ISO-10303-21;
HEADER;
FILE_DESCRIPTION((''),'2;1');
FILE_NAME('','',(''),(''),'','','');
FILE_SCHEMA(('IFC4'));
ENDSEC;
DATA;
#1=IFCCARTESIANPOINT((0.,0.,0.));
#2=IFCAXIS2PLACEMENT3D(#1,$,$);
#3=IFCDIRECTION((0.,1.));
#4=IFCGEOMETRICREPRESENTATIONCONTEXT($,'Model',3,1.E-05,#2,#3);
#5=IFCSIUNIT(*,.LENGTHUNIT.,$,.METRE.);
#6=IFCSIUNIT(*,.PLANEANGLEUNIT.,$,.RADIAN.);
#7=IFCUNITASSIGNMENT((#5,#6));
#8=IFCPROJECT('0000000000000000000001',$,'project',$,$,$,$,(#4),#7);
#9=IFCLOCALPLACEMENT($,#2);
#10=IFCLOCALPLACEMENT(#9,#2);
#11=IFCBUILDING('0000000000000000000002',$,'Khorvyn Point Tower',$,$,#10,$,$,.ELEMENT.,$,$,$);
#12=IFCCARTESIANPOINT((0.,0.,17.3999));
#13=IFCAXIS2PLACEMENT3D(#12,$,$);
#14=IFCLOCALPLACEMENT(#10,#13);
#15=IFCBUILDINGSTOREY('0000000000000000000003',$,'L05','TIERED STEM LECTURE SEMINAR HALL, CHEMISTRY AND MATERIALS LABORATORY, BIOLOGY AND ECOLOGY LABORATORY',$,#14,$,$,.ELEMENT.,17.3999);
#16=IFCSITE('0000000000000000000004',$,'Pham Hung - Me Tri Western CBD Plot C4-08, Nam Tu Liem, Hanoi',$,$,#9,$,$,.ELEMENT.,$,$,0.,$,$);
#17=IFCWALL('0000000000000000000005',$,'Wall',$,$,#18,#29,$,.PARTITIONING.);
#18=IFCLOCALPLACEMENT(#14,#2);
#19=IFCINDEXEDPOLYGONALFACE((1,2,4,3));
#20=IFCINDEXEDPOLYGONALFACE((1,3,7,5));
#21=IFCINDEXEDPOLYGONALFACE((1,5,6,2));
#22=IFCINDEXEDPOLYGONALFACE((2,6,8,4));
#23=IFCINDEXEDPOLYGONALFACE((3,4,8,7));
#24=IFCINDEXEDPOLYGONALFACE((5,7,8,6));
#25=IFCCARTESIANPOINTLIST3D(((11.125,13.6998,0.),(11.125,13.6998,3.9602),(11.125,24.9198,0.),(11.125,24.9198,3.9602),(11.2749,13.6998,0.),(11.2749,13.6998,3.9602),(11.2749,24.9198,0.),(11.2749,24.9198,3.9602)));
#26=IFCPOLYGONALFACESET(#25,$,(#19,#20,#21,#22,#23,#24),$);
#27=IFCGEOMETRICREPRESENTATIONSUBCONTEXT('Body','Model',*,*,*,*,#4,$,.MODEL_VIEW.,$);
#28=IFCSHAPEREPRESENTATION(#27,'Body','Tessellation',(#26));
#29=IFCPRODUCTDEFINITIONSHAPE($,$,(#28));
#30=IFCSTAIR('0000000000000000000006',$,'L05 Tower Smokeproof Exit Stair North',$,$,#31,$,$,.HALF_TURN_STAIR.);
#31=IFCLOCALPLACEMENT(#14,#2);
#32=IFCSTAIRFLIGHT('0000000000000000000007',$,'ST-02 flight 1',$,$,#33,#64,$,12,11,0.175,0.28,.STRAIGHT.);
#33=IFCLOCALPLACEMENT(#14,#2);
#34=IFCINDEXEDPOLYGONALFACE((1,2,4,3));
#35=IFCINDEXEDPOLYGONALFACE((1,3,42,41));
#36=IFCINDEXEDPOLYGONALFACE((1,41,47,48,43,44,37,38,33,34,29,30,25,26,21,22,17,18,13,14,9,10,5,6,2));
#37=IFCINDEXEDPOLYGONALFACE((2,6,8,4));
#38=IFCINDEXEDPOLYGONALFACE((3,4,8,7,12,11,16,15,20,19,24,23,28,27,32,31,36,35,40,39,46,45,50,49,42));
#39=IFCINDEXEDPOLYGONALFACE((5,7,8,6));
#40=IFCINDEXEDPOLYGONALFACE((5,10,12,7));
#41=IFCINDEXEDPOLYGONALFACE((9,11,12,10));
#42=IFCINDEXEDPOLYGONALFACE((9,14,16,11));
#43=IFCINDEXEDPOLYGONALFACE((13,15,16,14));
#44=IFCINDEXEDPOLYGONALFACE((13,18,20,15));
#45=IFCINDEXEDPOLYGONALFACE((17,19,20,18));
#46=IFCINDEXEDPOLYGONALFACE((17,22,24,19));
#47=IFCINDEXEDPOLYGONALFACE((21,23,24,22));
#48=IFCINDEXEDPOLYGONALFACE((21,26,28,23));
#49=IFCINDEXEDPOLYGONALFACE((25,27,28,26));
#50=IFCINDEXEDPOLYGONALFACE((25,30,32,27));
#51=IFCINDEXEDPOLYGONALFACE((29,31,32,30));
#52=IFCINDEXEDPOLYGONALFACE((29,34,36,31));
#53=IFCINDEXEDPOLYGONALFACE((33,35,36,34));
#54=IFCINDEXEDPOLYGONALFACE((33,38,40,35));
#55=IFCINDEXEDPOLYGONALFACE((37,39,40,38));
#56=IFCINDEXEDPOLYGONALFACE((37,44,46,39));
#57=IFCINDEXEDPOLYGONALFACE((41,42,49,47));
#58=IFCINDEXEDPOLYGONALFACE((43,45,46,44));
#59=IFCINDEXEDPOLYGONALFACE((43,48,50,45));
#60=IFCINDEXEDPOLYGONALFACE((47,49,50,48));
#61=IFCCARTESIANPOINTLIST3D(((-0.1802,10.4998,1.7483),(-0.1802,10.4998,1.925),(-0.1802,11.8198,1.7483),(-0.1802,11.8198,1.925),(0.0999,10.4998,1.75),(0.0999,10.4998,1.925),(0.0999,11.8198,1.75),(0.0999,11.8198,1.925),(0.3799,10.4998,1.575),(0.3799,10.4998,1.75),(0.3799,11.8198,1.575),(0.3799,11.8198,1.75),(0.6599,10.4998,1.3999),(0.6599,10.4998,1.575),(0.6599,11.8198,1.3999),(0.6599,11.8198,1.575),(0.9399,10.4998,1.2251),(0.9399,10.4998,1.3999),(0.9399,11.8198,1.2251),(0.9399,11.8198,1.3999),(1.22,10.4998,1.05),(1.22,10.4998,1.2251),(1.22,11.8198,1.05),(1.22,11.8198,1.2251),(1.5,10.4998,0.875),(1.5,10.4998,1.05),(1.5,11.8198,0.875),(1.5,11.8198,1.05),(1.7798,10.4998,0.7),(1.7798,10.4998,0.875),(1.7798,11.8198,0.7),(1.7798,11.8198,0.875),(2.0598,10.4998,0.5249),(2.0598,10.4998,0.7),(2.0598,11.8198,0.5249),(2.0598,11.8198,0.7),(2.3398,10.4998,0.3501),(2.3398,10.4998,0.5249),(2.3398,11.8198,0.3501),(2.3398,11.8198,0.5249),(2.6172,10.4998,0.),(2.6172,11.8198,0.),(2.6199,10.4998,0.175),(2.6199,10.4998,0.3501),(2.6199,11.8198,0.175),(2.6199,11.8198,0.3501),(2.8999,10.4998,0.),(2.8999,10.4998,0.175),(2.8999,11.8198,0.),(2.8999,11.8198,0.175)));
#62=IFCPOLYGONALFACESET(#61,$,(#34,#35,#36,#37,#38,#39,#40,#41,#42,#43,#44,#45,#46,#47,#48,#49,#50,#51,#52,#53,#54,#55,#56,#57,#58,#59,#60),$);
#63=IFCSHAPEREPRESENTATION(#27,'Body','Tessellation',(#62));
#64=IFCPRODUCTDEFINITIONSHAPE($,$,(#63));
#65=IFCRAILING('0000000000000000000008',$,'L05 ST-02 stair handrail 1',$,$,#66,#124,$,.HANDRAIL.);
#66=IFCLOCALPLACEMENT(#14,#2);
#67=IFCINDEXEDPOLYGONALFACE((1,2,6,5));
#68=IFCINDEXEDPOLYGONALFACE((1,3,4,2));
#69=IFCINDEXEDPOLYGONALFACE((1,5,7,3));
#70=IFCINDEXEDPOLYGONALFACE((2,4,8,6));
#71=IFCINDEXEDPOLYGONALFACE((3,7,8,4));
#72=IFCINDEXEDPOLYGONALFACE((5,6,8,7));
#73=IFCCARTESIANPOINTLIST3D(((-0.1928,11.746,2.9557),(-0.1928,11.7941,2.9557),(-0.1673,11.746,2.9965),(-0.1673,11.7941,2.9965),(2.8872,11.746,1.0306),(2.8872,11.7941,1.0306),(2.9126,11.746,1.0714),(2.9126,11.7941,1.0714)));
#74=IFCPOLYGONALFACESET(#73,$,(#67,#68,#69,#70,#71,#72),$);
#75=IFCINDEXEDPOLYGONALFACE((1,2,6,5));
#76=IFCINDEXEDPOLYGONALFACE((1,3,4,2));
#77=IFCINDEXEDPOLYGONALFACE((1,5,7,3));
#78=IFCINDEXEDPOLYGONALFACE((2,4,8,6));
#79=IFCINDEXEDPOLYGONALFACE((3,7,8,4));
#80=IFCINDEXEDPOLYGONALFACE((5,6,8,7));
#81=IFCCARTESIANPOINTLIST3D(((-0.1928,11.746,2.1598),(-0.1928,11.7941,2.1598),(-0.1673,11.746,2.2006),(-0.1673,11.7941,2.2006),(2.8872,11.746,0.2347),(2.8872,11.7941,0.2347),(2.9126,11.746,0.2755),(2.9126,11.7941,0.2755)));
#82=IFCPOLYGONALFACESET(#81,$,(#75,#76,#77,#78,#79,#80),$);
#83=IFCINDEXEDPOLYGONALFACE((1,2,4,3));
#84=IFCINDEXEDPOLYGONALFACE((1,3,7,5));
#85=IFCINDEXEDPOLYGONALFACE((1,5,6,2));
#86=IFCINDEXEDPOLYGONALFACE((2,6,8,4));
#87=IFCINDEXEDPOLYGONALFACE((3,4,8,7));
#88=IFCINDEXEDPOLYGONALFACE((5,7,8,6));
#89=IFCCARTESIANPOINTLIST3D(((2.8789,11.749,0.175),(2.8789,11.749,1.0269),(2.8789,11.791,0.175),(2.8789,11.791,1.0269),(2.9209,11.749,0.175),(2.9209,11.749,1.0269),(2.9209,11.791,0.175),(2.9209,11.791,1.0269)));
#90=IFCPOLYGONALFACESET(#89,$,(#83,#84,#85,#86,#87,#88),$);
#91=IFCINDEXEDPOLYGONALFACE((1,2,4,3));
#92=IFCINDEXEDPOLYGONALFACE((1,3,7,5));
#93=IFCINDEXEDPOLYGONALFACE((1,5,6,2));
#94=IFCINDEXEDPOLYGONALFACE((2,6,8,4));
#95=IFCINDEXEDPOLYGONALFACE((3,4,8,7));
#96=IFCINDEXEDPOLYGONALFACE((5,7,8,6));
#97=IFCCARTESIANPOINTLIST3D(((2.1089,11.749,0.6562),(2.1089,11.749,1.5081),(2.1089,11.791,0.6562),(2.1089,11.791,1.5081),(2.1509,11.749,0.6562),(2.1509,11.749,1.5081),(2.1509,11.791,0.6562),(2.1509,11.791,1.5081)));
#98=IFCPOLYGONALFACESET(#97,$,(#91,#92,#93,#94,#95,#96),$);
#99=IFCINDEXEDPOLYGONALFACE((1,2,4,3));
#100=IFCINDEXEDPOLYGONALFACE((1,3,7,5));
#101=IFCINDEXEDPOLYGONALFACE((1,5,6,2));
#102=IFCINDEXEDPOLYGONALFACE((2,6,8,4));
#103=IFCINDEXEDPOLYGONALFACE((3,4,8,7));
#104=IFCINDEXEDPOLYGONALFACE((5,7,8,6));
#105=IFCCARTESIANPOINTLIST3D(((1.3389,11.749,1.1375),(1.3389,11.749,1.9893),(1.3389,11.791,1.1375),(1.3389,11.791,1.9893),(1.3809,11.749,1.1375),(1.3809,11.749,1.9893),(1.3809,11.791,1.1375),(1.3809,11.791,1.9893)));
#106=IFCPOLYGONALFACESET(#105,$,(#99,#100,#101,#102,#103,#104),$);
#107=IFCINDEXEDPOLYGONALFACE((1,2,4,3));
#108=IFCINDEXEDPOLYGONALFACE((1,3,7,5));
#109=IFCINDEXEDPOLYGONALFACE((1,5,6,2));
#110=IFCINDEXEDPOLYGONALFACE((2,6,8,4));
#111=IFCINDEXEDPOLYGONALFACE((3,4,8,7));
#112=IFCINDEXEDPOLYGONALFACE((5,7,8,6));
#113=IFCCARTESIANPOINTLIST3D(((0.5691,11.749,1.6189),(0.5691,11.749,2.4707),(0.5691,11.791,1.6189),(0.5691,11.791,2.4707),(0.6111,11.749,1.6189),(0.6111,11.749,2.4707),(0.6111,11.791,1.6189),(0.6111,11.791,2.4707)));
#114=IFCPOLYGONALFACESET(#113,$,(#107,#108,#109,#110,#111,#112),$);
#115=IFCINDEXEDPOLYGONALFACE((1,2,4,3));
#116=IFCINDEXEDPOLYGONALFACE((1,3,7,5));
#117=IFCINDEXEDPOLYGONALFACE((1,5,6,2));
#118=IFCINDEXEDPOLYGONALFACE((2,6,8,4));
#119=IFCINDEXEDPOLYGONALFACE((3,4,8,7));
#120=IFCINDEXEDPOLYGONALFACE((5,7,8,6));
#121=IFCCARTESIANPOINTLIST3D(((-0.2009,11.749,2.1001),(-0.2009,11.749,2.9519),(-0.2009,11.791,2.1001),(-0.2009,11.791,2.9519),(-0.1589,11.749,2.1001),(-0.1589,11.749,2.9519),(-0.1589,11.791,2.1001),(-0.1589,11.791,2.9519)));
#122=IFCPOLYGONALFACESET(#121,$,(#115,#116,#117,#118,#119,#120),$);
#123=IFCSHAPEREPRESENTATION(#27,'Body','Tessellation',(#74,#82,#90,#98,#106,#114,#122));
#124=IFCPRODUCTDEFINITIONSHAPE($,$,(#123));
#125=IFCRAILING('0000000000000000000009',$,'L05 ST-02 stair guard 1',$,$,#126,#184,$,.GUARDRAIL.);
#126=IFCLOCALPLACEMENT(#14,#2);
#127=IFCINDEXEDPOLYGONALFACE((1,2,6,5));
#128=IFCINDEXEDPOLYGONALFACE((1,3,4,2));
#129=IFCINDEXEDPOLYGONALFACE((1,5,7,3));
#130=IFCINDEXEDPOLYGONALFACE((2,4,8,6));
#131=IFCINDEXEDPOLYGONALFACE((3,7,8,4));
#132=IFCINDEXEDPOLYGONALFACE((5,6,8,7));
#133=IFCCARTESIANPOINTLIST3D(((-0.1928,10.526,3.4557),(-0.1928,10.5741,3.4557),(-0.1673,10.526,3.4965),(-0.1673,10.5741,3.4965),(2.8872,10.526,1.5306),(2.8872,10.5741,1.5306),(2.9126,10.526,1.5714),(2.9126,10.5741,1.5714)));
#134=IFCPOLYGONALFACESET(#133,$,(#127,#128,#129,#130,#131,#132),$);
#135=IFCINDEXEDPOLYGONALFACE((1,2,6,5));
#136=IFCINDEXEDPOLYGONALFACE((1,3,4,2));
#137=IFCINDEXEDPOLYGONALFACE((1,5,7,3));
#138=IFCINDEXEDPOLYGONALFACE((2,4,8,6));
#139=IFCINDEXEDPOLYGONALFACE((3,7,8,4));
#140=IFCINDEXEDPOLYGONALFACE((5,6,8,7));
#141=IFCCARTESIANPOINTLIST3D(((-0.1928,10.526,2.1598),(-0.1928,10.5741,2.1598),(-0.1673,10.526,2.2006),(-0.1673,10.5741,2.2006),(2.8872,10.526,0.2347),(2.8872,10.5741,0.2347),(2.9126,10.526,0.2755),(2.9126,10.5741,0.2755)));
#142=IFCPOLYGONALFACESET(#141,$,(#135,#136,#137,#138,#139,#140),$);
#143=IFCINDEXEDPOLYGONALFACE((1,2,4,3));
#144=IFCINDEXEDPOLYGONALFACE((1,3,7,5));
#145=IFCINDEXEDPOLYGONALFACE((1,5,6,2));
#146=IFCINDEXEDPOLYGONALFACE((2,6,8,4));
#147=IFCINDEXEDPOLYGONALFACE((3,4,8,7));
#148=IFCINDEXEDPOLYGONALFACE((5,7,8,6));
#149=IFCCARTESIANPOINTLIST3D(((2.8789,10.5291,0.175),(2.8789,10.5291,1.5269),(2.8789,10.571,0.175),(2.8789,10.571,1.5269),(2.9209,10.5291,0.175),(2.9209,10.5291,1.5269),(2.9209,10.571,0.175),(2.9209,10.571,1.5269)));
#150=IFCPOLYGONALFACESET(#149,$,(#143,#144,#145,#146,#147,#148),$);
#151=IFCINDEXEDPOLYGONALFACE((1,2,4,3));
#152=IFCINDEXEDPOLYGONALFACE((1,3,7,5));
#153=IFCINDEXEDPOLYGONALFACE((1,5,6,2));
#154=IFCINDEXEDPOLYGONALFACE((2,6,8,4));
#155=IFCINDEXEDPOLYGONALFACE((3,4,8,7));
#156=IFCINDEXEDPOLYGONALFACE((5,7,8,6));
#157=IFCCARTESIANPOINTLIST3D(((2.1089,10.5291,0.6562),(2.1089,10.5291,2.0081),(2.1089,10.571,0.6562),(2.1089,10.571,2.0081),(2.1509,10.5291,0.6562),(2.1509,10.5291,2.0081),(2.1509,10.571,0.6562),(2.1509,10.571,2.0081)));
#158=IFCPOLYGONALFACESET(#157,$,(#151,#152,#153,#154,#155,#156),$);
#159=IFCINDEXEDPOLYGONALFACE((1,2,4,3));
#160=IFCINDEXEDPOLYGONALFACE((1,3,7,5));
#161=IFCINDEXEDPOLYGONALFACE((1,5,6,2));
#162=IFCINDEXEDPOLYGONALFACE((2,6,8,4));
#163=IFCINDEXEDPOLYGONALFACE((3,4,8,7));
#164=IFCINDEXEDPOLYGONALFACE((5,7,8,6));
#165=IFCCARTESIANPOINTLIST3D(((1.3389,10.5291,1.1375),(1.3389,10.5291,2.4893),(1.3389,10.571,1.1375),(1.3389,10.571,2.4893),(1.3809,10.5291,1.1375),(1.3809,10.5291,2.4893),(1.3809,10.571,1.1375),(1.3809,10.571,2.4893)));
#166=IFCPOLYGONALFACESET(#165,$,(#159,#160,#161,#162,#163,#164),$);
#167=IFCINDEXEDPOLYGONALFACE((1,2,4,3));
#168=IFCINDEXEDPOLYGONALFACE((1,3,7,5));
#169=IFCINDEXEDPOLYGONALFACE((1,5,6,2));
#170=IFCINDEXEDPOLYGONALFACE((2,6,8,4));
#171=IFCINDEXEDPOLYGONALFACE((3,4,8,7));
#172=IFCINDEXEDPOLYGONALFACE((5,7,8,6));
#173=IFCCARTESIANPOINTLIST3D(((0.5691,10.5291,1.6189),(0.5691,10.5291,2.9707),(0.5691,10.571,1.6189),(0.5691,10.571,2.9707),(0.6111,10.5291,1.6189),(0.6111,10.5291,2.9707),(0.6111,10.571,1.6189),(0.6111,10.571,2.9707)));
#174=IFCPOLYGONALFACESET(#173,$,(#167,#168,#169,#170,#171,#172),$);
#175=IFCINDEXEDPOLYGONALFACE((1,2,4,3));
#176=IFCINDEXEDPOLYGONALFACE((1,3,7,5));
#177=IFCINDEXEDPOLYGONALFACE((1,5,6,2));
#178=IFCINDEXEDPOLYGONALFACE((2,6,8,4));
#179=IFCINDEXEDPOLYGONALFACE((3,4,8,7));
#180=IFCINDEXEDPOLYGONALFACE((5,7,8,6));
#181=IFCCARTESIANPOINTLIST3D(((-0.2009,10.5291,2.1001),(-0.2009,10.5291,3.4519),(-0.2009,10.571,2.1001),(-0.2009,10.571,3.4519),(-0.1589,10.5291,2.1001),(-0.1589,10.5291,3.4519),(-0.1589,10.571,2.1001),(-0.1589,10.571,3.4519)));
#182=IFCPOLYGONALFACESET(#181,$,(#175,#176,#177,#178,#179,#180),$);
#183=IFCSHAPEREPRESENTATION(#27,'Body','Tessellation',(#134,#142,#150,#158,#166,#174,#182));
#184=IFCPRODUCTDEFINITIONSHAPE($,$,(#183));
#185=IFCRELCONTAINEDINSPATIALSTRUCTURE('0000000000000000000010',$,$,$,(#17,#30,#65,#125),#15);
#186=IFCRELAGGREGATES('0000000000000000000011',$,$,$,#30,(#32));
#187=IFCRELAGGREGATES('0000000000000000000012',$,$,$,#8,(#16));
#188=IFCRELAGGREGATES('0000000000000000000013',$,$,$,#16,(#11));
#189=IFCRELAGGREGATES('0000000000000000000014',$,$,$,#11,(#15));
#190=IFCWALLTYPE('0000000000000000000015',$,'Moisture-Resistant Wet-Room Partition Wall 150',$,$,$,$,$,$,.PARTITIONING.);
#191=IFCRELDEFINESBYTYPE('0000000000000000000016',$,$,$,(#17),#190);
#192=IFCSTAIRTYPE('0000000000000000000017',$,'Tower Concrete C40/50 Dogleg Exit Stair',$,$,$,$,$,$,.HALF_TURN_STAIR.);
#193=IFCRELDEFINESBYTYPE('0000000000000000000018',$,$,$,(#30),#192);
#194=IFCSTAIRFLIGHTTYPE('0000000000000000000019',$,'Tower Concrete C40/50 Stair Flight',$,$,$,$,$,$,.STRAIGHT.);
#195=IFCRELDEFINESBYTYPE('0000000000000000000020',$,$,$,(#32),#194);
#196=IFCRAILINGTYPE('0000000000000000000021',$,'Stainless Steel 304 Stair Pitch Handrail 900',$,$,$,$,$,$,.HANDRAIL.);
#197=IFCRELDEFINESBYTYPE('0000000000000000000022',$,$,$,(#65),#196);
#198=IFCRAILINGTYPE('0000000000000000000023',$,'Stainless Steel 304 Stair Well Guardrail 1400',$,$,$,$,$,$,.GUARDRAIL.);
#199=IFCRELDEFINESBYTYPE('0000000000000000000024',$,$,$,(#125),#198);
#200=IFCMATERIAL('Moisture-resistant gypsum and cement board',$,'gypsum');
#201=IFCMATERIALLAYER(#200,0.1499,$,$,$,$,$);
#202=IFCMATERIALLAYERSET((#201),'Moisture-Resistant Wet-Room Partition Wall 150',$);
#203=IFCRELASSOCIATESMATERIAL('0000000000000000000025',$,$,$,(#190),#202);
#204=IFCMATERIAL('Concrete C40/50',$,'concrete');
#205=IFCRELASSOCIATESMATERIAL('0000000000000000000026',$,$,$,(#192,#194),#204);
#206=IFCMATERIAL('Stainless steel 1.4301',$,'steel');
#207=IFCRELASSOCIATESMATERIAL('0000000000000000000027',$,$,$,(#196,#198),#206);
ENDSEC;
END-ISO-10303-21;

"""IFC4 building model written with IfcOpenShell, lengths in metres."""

from ifc_helpers import new_model, si_unit, direction, frame, frame_2d, origin, origin_2d, place, context, subcontext, project, spatial, polyline, rectangle, outline, extrude, material, layer, layer_set, type_object, element, aggregate, save


model = new_model("IFC4")

# Units and contexts
model_context = context("Model", 3, precision=1e-05, world=origin(), true_north=direction((0.0, 1.0)))
body_context = subcontext(model_context, "Body", "Model", "MODEL_VIEW")
ifc_project = project(units=[si_unit("LENGTHUNIT", "METRE"), si_unit("PLANEANGLEUNIT", "RADIAN")], contexts=[model_context])

# Site, building, storey
site_placement = place(None, origin())
site = spatial("IfcSite", under=ifc_project, at=site_placement, Name="Pham Hung - Me Tri Western CBD Plot C4-08, Nam Tu Liem, Hanoi", CompositionType="ELEMENT", RefElevation=0.0)
building_placement = place(site_placement, origin())
building = spatial("IfcBuilding", under=site, at=building_placement, Name="Khorvyn Point Tower", CompositionType="ELEMENT")
storey_placement = place(building_placement, frame((0.0, 0.0, 17.3999)))
storey = spatial("IfcBuildingStorey", under=building, at=storey_placement, Name="L05", Description="TIERED STEM LECTURE SEMINAR HALL, CHEMISTRY AND MATERIALS LABORATORY, BIOLOGY AND ECOLOGY LABORATORY", CompositionType="ELEMENT", Elevation=17.3999)

# Shared definitions
ifc_material_1 = material(Name="Concrete C40/50", Category="concrete")

# Shared definitions
ifc_material_2 = material(Name="Moisture-resistant gypsum and cement board", Category="gypsum")
ifc_layer_1 = layer(ifc_material_2, 0.1499)
ifc_layer_set_1 = layer_set([ifc_layer_1], Name="Moisture-Resistant Wet-Room Partition Wall 150")
wall_type_1 = type_object("IfcWallType", Name="Moisture-Resistant Wet-Room Partition Wall 150", PredefinedType="PARTITIONING", material=ifc_layer_set_1)

# Wall
wall_1_placement = place(storey_placement, frame((11.2, 13.7, 0.0), z_axis=(0.0, 0.0, 1.0), x_axis=(0.0, 1.0, 0.0)))
element("IfcWall", 1, at=wall_1_placement, inside=storey, type_object=wall_type_1, Name="Wall", PredefinedType="PARTITIONING", context=body_context, shape_type="SweptSolid", body=[
    extrude(rectangle(XDim=11.22, YDim=0.1499, at=frame_2d((5.6099, 0.0))), origin(), (0.0, 0.0, 1.0), 3.9602),
])

# Stair, stair flight
stair_type = type_object("IfcStairType", Name="Tower Concrete C40/50 Dogleg Exit Stair", PredefinedType="HALF_TURN_STAIR", material=ifc_material_1)
stair_placement = place(storey_placement, origin())
stair = element("IfcStair", 2, at=stair_placement, inside=storey, type_object=stair_type, Name="L05 Tower Smokeproof Exit Stair North", PredefinedType="HALF_TURN_STAIR")
stair_flight_type = type_object("IfcStairFlightType", Name="Tower Concrete C40/50 Stair Flight", PredefinedType="STRAIGHT", material=ifc_material_1)
stair_flight_placement = place(storey_placement, frame((2.8999, 11.1599, 0.0), z_axis=(0.0, 0.0, 1.0), x_axis=(-1.0, 0.0, 0.0)))
stair_flight = element("IfcStairFlight", 3, at=stair_flight_placement, type_object=stair_flight_type, Name="ST-02 flight 1", NumberOfRisers=12, NumberOfTreads=11, PredefinedType="STRAIGHT", RiserHeight=0.175, TreadLength=0.28, context=body_context, shape_type="SweptSolid", body=[
    extrude(outline(polyline([(0.0, 0.0), (0.0, 0.175), (0.28, 0.175), (0.28, 0.3501), (0.5601, 0.3501), (0.5601, 0.5249), (0.8401, 0.5249), (0.8401, 0.7), (1.1201, 0.7), (1.1201, 0.875), (1.3999, 0.875), (1.3999, 1.05), (1.6799, 1.05), (1.6799, 1.2251), (1.96, 1.2251), (1.96, 1.3999), (2.24, 1.3999), (2.24, 1.575), (2.52, 1.575), (2.52, 1.75), (2.8, 1.75), (2.8, 1.925), (3.0801, 1.925), (3.0801, 2.1001), (3.0801, 1.7483), (0.2827, 0.0), (0.0, 0.0)])), frame((0.0, 0.6602, 0.0), z_axis=(0.0, -1.0, 0.0), x_axis=(1.0, 0.0, 0.0)), (0.0, 0.0, 1.0), 1.3201),
])
aggregate(stair, [stair_flight])

# Railings
ifc_material_3 = material(Name="Stainless steel 1.4301", Category="steel")
railing_type_1 = type_object("IfcRailingType", Name="Stainless Steel 304 Stair Pitch Handrail 900", PredefinedType="HANDRAIL", material=ifc_material_3)
railing_1_placement = place(storey_placement, frame((2.8999, 11.77, 0.175)))
element("IfcRailing", 4, at=railing_1_placement, inside=storey, type_object=railing_type_1, Name="L05 ST-02 stair handrail 1", PredefinedType="HANDRAIL", context=body_context, shape_type="SweptSolid", body=[
    extrude(rectangle(XDim=0.0481, YDim=0.0481, at=origin_2d()), frame((0.0, 0.0, 0.876), z_axis=(-0.847979, 0.0, 0.530029), x_axis=(0.0, -1.0, 0.0)), (0.0, 0.0, 1.0), 3.6321),
    extrude(rectangle(XDim=0.0481, YDim=0.0481, at=origin_2d()), frame((0.0, 0.0, 0.0801), z_axis=(-0.847979, 0.0, 0.530029), x_axis=(0.0, -1.0, 0.0)), (0.0, 0.0, 1.0), 3.6321),
    extrude(rectangle(XDim=0.042, YDim=0.042, at=origin_2d()), origin(), (0.0, 0.0, 1.0), 0.8518),
    extrude(rectangle(XDim=0.042, YDim=0.042, at=origin_2d()), frame((-0.77, 0.0, 0.4812)), (0.0, 0.0, 1.0), 0.8518),
    extrude(rectangle(XDim=0.042, YDim=0.042, at=origin_2d()), frame((-1.54, 0.0, 0.9624)), (0.0, 0.0, 1.0), 0.8518),
    extrude(rectangle(XDim=0.042, YDim=0.042, at=origin_2d()), frame((-2.3098, 0.0, 1.4438)), (0.0, 0.0, 1.0), 0.8518),
    extrude(rectangle(XDim=0.042, YDim=0.042, at=origin_2d()), frame((-3.0798, 0.0, 1.925)), (0.0, 0.0, 1.0), 0.8518),
])
railing_type_2 = type_object("IfcRailingType", Name="Stainless Steel 304 Stair Well Guardrail 1400", PredefinedType="GUARDRAIL", material=ifc_material_3)
railing_2_placement = place(storey_placement, frame((2.8999, 10.55, 0.175)))
element("IfcRailing", 5, at=railing_2_placement, inside=storey, type_object=railing_type_2, Name="L05 ST-02 stair guard 1", PredefinedType="GUARDRAIL", context=body_context, shape_type="SweptSolid", body=[
    extrude(rectangle(XDim=0.0481, YDim=0.0481, at=origin_2d()), frame((0.0, 0.0, 1.376), z_axis=(-0.847979, 0.0, 0.530029), x_axis=(0.0, -1.0, 0.0)), (0.0, 0.0, 1.0), 3.6321),
    extrude(rectangle(XDim=0.0481, YDim=0.0481, at=origin_2d()), frame((0.0, 0.0, 0.0801), z_axis=(-0.847979, 0.0, 0.530029), x_axis=(0.0, -1.0, 0.0)), (0.0, 0.0, 1.0), 3.6321),
    extrude(rectangle(XDim=0.042, YDim=0.042, at=origin_2d()), origin(), (0.0, 0.0, 1.0), 1.3518),
    extrude(rectangle(XDim=0.042, YDim=0.042, at=origin_2d()), frame((-0.77, 0.0, 0.4812)), (0.0, 0.0, 1.0), 1.3518),
    extrude(rectangle(XDim=0.042, YDim=0.042, at=origin_2d()), frame((-1.54, 0.0, 0.9624)), (0.0, 0.0, 1.0), 1.3518),
    extrude(rectangle(XDim=0.042, YDim=0.042, at=origin_2d()), frame((-2.3098, 0.0, 1.4438)), (0.0, 0.0, 1.0), 1.3518),
    extrude(rectangle(XDim=0.042, YDim=0.042, at=origin_2d()), frame((-3.0798, 0.0, 1.925)), (0.0, 0.0, 1.0), 1.3518),
])

save(model, "model.ifc")
